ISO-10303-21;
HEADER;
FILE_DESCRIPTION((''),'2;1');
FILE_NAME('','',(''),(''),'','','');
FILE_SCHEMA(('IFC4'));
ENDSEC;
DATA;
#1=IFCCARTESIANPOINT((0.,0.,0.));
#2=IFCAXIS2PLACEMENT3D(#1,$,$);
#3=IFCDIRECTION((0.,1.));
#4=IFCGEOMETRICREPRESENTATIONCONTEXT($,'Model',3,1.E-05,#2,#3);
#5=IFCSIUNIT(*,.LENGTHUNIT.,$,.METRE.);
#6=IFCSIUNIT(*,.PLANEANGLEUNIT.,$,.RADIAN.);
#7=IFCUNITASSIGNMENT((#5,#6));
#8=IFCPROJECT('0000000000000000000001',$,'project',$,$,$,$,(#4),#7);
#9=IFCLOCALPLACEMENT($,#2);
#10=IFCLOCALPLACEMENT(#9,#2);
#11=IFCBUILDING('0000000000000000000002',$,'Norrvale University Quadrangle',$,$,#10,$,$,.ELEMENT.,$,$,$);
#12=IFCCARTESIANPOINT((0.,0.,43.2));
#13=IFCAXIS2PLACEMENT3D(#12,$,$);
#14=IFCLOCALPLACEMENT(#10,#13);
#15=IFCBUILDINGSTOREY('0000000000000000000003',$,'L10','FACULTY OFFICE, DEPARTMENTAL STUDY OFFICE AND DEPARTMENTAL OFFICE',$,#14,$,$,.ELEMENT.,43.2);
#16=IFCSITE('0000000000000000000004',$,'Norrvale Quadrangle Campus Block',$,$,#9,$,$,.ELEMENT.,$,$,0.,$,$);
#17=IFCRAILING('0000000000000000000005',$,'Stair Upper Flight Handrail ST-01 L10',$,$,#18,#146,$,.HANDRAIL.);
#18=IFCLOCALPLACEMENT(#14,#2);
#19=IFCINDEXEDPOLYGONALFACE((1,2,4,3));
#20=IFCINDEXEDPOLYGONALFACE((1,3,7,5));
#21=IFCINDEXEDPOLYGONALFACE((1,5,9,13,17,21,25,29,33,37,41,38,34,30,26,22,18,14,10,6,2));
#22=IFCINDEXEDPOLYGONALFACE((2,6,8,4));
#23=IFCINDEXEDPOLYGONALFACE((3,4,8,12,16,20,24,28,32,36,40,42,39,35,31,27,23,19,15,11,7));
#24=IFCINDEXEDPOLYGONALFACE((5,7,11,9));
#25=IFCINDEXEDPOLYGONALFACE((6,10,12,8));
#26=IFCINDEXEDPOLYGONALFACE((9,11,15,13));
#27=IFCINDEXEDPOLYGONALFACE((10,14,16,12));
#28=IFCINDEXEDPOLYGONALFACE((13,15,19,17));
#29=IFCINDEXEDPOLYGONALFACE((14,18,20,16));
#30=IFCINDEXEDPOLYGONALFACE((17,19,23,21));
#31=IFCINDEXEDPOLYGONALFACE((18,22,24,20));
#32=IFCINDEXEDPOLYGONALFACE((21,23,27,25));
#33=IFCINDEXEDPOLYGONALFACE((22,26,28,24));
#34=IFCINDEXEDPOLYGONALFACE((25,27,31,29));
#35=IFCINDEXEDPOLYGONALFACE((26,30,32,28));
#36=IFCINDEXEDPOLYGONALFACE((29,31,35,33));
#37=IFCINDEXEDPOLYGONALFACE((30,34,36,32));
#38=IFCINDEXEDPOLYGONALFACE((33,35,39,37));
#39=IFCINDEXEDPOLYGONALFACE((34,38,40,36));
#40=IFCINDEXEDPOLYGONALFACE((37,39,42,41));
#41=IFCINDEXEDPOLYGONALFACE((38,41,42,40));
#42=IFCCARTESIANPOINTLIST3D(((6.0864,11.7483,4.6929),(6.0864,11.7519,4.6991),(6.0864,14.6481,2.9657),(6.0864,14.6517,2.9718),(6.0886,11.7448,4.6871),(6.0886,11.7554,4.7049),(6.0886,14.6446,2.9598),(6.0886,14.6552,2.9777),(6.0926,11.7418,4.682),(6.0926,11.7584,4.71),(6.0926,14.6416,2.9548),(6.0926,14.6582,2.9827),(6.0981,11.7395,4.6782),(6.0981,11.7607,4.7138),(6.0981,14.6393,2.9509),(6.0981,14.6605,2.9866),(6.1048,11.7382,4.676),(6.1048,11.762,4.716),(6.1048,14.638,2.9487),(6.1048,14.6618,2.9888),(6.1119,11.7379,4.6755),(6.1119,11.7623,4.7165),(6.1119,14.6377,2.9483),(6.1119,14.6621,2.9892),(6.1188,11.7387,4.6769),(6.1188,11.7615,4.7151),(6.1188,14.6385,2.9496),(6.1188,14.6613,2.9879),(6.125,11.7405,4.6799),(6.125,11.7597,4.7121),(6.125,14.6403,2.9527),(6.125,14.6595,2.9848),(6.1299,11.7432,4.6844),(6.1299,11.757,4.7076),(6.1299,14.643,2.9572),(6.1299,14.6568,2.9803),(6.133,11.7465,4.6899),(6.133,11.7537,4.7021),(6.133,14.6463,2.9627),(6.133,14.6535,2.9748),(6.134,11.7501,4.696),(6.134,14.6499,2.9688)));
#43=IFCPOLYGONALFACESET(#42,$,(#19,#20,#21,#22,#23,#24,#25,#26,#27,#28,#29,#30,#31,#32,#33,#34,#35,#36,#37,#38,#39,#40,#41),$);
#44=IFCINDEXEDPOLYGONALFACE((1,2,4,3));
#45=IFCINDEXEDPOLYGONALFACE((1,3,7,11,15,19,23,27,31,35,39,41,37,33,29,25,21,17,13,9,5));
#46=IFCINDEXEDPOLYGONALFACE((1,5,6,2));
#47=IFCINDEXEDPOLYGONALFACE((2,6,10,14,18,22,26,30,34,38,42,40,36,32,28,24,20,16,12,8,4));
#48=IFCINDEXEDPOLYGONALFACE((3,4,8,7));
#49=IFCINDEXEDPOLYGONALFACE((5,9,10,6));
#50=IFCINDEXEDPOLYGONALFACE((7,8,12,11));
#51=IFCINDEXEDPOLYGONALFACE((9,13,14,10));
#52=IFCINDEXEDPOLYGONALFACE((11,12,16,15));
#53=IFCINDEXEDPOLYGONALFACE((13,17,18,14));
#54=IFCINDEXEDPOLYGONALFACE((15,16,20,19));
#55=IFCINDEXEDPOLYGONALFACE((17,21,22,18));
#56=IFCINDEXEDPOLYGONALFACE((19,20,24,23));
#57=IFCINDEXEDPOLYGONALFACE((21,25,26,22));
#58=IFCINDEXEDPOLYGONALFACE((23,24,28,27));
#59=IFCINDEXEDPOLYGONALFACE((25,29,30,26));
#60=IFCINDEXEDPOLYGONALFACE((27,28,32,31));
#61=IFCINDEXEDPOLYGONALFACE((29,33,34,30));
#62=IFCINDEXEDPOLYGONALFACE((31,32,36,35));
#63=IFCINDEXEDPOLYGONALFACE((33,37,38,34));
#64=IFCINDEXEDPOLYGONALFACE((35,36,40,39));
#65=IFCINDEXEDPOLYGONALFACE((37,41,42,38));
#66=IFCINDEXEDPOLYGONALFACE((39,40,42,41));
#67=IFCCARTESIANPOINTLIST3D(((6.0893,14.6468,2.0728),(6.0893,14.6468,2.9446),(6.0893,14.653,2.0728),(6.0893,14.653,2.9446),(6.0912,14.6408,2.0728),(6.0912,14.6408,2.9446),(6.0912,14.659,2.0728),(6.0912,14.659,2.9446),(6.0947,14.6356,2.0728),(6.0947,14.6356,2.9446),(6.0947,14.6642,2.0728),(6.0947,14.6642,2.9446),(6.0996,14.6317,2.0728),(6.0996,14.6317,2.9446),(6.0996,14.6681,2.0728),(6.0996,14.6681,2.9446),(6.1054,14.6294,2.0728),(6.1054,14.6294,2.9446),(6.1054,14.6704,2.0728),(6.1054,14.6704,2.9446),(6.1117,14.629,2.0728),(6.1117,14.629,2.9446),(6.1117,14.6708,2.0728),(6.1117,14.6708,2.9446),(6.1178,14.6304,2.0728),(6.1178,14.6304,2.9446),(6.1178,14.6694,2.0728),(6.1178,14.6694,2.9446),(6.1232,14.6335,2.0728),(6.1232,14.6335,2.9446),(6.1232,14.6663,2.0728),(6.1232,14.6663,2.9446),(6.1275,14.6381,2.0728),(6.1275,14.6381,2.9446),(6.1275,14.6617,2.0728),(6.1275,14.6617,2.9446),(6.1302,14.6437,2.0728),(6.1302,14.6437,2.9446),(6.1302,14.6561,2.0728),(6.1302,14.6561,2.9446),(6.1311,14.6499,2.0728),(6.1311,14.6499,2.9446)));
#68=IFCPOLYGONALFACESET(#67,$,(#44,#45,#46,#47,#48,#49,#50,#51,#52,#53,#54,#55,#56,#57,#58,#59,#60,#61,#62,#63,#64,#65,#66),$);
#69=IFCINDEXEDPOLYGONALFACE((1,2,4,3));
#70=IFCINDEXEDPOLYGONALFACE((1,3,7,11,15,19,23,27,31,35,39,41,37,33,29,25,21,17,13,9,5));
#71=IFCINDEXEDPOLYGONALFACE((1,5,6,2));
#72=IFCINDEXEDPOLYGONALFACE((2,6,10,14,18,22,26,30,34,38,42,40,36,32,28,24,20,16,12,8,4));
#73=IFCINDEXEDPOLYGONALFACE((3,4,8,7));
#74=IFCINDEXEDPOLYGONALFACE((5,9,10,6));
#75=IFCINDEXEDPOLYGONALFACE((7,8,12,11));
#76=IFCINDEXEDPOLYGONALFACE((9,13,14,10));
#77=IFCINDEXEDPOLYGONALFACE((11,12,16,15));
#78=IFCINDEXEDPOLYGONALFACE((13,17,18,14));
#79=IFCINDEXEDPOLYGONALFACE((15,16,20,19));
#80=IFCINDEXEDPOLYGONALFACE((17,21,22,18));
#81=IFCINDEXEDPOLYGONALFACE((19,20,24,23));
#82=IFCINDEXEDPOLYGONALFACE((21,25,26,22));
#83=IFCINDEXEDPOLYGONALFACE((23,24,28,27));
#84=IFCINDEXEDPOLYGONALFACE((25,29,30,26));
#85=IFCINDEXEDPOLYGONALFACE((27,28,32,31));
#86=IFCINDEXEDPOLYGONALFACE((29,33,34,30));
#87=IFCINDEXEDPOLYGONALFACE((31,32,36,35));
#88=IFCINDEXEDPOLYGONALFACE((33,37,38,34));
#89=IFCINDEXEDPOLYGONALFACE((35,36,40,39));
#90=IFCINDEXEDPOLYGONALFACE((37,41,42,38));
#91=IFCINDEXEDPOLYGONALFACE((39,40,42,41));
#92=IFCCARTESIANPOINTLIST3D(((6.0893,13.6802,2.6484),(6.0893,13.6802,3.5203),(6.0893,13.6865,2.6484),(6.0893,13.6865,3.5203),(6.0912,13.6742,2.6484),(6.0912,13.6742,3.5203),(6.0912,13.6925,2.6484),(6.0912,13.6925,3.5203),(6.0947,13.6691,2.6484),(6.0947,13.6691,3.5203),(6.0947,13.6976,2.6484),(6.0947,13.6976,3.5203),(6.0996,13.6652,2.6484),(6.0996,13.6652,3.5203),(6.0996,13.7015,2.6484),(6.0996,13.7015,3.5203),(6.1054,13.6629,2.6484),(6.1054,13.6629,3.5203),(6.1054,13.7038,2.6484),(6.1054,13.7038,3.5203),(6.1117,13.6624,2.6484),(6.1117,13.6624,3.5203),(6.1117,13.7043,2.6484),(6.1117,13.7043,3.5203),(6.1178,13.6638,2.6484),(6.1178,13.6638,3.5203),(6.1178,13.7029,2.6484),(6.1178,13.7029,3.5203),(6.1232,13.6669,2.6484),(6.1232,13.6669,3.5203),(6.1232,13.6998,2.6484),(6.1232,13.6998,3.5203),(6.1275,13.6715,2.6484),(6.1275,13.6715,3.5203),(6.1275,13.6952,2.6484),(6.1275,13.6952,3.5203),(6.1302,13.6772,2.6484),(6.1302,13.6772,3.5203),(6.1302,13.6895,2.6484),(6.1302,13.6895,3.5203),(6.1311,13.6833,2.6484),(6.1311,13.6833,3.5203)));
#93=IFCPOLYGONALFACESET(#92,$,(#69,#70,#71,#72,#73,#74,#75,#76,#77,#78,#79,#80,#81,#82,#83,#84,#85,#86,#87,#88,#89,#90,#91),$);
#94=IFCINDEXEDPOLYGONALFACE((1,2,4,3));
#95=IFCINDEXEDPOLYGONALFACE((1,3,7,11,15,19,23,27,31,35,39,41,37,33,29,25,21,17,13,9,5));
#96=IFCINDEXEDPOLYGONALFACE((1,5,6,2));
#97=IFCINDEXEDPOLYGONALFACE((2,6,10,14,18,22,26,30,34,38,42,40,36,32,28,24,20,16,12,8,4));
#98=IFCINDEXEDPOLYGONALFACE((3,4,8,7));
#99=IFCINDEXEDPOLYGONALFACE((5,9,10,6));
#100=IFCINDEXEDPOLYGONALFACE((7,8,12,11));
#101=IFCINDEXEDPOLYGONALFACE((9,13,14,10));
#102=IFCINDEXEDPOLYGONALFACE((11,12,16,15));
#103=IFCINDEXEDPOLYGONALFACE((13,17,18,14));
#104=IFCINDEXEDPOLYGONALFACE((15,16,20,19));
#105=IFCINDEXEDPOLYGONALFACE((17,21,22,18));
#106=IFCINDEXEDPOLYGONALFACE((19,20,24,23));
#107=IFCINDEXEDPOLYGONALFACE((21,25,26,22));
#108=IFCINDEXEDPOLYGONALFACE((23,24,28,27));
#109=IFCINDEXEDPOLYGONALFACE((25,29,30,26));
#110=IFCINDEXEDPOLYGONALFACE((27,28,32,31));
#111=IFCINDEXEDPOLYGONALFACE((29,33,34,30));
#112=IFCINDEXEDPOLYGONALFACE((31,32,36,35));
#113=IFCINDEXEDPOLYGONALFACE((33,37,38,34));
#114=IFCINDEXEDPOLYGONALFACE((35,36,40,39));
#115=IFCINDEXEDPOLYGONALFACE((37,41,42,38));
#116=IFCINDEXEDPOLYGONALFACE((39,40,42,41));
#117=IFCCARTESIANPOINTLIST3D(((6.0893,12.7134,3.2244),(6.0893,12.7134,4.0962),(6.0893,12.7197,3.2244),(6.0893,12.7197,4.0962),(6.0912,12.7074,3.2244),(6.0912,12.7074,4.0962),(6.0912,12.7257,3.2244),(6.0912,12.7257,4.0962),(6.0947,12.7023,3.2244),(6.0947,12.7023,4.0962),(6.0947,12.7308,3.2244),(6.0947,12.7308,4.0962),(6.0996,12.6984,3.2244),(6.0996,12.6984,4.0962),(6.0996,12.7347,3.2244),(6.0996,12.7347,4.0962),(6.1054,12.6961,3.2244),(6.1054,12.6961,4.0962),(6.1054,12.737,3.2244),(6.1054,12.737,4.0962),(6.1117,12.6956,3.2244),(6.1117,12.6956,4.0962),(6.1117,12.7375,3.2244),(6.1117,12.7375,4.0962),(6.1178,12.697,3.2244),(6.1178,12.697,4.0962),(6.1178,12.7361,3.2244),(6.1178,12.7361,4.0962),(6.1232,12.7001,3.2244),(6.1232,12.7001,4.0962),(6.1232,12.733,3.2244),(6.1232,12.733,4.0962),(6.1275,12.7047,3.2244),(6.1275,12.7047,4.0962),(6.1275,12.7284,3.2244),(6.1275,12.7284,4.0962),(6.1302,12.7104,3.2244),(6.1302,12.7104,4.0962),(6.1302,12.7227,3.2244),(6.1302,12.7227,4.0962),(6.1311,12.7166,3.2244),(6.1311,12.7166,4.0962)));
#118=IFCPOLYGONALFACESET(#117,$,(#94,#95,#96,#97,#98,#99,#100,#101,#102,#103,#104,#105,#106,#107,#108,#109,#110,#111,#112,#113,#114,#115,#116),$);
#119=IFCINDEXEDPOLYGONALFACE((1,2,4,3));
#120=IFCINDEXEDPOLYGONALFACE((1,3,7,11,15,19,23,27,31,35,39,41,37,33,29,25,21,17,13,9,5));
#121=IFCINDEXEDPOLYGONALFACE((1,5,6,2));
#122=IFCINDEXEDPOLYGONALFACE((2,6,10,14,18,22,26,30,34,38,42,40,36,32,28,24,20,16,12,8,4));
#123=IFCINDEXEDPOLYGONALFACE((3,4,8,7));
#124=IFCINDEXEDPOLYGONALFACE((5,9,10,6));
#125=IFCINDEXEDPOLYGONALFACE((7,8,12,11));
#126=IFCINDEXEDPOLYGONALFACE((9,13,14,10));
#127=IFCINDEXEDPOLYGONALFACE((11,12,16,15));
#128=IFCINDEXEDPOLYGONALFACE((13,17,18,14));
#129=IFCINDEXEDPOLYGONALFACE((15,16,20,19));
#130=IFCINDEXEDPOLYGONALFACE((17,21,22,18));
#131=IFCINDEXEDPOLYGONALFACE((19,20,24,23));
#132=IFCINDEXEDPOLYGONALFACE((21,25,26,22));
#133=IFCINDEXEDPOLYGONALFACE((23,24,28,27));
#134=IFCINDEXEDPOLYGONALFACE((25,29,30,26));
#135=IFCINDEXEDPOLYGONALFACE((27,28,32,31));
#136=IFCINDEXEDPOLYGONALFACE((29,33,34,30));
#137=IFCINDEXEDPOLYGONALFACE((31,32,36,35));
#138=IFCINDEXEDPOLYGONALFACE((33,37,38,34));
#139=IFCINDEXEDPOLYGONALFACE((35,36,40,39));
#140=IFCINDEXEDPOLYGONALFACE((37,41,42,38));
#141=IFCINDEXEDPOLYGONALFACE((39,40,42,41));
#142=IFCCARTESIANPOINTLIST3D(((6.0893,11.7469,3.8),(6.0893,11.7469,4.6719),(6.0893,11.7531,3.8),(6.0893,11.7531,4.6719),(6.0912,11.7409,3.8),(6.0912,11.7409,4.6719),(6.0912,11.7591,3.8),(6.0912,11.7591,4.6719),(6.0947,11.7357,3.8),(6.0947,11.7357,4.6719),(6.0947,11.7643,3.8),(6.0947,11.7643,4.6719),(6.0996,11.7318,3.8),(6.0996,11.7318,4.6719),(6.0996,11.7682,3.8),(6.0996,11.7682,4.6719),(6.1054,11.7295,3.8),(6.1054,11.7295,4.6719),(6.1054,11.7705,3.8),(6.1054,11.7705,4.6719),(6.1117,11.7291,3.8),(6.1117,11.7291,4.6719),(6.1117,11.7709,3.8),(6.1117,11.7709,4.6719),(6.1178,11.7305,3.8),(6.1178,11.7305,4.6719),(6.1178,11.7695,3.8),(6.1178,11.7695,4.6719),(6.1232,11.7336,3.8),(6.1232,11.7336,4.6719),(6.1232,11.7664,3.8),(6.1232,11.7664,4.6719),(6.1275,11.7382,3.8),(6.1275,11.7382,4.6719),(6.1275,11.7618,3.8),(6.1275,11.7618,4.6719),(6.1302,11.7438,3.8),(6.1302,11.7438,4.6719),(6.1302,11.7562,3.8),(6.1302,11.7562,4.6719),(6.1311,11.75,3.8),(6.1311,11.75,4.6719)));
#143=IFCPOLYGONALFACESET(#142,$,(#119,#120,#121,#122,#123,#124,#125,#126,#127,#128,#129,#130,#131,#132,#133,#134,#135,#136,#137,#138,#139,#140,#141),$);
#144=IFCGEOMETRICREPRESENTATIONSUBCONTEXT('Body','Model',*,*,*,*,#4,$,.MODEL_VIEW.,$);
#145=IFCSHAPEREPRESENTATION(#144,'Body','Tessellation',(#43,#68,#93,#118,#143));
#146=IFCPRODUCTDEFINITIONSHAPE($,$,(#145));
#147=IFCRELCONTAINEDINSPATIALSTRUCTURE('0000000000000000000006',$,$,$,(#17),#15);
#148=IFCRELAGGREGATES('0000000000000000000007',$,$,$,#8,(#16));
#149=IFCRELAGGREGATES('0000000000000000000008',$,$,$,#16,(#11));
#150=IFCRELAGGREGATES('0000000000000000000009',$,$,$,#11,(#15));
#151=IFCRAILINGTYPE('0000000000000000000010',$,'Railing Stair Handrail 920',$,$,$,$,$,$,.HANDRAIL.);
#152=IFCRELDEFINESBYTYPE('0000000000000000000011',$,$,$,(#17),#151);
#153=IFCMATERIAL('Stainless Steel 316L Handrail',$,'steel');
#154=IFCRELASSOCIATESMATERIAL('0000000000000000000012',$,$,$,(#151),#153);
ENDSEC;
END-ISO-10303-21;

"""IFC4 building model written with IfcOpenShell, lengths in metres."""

from ifc_helpers import new_model, si_unit, direction, frame, origin, origin_2d, place, context, subcontext, project, spatial, circle, extrude, material, type_object, element, save


model = new_model("IFC4")

# Units and contexts
model_context = context("Model", 3, precision=1e-05, world=origin(), true_north=direction((0.0, 1.0)))
body_context = subcontext(model_context, "Body", "Model", "MODEL_VIEW")
ifc_project = project(units=[si_unit("LENGTHUNIT", "METRE"), si_unit("PLANEANGLEUNIT", "RADIAN")], contexts=[model_context])

# Site, building, storey
site_placement = place(None, origin())
site = spatial("IfcSite", under=ifc_project, at=site_placement, Name="Norrvale Quadrangle Campus Block", CompositionType="ELEMENT", RefElevation=0.0)
building_placement = place(site_placement, origin())
building = spatial("IfcBuilding", under=site, at=building_placement, Name="Norrvale University Quadrangle", CompositionType="ELEMENT")
storey_placement = place(building_placement, frame((0.0, 0.0, 43.2)))
storey = spatial("IfcBuildingStorey", under=building, at=storey_placement, Name="L10", Description="FACULTY OFFICE, DEPARTMENTAL STUDY OFFICE AND DEPARTMENTAL OFFICE", CompositionType="ELEMENT", Elevation=43.2)

# Railing
ifc_material_1 = material(Name="Stainless Steel 316L Handrail", Category="steel")
railing_type_1 = type_object("IfcRailingType", Name="Railing Stair Handrail 920", PredefinedType="HANDRAIL", material=ifc_material_1)
railing_1_placement = place(storey_placement, frame((6.1101, 14.6499, 2.0728)))
element("IfcRailing", 1, at=railing_1_placement, inside=storey, type_object=railing_type_1, Name="Stair Upper Flight Handrail ST-01 L10", PredefinedType="HANDRAIL", context=body_context, shape_type="SweptSolid", body=[
    extrude(circle(Radius=0.0239, at=origin_2d()), frame((0.0, 0.0, 0.896), z_axis=(0.0, -0.859141, 0.511738), x_axis=(1.0, 0.0, 0.0)), (0.0, 0.0, 1.0), 3.3752),
    extrude(circle(Radius=0.021, at=origin_2d()), origin(), (0.0, 0.0, 1.0), 0.8718),
    extrude(circle(Radius=0.021, at=origin_2d()), frame((0.0, -0.9666, 0.5757)), (0.0, 0.0, 1.0), 0.8718),
    extrude(circle(Radius=0.021, at=origin_2d()), frame((0.0, -1.9333, 1.1516)), (0.0, 0.0, 1.0), 0.8718),
    extrude(circle(Radius=0.021, at=origin_2d()), frame((0.0, -2.8999, 1.7273)), (0.0, 0.0, 1.0), 0.8718),
])

save(model, "model.ifc")
